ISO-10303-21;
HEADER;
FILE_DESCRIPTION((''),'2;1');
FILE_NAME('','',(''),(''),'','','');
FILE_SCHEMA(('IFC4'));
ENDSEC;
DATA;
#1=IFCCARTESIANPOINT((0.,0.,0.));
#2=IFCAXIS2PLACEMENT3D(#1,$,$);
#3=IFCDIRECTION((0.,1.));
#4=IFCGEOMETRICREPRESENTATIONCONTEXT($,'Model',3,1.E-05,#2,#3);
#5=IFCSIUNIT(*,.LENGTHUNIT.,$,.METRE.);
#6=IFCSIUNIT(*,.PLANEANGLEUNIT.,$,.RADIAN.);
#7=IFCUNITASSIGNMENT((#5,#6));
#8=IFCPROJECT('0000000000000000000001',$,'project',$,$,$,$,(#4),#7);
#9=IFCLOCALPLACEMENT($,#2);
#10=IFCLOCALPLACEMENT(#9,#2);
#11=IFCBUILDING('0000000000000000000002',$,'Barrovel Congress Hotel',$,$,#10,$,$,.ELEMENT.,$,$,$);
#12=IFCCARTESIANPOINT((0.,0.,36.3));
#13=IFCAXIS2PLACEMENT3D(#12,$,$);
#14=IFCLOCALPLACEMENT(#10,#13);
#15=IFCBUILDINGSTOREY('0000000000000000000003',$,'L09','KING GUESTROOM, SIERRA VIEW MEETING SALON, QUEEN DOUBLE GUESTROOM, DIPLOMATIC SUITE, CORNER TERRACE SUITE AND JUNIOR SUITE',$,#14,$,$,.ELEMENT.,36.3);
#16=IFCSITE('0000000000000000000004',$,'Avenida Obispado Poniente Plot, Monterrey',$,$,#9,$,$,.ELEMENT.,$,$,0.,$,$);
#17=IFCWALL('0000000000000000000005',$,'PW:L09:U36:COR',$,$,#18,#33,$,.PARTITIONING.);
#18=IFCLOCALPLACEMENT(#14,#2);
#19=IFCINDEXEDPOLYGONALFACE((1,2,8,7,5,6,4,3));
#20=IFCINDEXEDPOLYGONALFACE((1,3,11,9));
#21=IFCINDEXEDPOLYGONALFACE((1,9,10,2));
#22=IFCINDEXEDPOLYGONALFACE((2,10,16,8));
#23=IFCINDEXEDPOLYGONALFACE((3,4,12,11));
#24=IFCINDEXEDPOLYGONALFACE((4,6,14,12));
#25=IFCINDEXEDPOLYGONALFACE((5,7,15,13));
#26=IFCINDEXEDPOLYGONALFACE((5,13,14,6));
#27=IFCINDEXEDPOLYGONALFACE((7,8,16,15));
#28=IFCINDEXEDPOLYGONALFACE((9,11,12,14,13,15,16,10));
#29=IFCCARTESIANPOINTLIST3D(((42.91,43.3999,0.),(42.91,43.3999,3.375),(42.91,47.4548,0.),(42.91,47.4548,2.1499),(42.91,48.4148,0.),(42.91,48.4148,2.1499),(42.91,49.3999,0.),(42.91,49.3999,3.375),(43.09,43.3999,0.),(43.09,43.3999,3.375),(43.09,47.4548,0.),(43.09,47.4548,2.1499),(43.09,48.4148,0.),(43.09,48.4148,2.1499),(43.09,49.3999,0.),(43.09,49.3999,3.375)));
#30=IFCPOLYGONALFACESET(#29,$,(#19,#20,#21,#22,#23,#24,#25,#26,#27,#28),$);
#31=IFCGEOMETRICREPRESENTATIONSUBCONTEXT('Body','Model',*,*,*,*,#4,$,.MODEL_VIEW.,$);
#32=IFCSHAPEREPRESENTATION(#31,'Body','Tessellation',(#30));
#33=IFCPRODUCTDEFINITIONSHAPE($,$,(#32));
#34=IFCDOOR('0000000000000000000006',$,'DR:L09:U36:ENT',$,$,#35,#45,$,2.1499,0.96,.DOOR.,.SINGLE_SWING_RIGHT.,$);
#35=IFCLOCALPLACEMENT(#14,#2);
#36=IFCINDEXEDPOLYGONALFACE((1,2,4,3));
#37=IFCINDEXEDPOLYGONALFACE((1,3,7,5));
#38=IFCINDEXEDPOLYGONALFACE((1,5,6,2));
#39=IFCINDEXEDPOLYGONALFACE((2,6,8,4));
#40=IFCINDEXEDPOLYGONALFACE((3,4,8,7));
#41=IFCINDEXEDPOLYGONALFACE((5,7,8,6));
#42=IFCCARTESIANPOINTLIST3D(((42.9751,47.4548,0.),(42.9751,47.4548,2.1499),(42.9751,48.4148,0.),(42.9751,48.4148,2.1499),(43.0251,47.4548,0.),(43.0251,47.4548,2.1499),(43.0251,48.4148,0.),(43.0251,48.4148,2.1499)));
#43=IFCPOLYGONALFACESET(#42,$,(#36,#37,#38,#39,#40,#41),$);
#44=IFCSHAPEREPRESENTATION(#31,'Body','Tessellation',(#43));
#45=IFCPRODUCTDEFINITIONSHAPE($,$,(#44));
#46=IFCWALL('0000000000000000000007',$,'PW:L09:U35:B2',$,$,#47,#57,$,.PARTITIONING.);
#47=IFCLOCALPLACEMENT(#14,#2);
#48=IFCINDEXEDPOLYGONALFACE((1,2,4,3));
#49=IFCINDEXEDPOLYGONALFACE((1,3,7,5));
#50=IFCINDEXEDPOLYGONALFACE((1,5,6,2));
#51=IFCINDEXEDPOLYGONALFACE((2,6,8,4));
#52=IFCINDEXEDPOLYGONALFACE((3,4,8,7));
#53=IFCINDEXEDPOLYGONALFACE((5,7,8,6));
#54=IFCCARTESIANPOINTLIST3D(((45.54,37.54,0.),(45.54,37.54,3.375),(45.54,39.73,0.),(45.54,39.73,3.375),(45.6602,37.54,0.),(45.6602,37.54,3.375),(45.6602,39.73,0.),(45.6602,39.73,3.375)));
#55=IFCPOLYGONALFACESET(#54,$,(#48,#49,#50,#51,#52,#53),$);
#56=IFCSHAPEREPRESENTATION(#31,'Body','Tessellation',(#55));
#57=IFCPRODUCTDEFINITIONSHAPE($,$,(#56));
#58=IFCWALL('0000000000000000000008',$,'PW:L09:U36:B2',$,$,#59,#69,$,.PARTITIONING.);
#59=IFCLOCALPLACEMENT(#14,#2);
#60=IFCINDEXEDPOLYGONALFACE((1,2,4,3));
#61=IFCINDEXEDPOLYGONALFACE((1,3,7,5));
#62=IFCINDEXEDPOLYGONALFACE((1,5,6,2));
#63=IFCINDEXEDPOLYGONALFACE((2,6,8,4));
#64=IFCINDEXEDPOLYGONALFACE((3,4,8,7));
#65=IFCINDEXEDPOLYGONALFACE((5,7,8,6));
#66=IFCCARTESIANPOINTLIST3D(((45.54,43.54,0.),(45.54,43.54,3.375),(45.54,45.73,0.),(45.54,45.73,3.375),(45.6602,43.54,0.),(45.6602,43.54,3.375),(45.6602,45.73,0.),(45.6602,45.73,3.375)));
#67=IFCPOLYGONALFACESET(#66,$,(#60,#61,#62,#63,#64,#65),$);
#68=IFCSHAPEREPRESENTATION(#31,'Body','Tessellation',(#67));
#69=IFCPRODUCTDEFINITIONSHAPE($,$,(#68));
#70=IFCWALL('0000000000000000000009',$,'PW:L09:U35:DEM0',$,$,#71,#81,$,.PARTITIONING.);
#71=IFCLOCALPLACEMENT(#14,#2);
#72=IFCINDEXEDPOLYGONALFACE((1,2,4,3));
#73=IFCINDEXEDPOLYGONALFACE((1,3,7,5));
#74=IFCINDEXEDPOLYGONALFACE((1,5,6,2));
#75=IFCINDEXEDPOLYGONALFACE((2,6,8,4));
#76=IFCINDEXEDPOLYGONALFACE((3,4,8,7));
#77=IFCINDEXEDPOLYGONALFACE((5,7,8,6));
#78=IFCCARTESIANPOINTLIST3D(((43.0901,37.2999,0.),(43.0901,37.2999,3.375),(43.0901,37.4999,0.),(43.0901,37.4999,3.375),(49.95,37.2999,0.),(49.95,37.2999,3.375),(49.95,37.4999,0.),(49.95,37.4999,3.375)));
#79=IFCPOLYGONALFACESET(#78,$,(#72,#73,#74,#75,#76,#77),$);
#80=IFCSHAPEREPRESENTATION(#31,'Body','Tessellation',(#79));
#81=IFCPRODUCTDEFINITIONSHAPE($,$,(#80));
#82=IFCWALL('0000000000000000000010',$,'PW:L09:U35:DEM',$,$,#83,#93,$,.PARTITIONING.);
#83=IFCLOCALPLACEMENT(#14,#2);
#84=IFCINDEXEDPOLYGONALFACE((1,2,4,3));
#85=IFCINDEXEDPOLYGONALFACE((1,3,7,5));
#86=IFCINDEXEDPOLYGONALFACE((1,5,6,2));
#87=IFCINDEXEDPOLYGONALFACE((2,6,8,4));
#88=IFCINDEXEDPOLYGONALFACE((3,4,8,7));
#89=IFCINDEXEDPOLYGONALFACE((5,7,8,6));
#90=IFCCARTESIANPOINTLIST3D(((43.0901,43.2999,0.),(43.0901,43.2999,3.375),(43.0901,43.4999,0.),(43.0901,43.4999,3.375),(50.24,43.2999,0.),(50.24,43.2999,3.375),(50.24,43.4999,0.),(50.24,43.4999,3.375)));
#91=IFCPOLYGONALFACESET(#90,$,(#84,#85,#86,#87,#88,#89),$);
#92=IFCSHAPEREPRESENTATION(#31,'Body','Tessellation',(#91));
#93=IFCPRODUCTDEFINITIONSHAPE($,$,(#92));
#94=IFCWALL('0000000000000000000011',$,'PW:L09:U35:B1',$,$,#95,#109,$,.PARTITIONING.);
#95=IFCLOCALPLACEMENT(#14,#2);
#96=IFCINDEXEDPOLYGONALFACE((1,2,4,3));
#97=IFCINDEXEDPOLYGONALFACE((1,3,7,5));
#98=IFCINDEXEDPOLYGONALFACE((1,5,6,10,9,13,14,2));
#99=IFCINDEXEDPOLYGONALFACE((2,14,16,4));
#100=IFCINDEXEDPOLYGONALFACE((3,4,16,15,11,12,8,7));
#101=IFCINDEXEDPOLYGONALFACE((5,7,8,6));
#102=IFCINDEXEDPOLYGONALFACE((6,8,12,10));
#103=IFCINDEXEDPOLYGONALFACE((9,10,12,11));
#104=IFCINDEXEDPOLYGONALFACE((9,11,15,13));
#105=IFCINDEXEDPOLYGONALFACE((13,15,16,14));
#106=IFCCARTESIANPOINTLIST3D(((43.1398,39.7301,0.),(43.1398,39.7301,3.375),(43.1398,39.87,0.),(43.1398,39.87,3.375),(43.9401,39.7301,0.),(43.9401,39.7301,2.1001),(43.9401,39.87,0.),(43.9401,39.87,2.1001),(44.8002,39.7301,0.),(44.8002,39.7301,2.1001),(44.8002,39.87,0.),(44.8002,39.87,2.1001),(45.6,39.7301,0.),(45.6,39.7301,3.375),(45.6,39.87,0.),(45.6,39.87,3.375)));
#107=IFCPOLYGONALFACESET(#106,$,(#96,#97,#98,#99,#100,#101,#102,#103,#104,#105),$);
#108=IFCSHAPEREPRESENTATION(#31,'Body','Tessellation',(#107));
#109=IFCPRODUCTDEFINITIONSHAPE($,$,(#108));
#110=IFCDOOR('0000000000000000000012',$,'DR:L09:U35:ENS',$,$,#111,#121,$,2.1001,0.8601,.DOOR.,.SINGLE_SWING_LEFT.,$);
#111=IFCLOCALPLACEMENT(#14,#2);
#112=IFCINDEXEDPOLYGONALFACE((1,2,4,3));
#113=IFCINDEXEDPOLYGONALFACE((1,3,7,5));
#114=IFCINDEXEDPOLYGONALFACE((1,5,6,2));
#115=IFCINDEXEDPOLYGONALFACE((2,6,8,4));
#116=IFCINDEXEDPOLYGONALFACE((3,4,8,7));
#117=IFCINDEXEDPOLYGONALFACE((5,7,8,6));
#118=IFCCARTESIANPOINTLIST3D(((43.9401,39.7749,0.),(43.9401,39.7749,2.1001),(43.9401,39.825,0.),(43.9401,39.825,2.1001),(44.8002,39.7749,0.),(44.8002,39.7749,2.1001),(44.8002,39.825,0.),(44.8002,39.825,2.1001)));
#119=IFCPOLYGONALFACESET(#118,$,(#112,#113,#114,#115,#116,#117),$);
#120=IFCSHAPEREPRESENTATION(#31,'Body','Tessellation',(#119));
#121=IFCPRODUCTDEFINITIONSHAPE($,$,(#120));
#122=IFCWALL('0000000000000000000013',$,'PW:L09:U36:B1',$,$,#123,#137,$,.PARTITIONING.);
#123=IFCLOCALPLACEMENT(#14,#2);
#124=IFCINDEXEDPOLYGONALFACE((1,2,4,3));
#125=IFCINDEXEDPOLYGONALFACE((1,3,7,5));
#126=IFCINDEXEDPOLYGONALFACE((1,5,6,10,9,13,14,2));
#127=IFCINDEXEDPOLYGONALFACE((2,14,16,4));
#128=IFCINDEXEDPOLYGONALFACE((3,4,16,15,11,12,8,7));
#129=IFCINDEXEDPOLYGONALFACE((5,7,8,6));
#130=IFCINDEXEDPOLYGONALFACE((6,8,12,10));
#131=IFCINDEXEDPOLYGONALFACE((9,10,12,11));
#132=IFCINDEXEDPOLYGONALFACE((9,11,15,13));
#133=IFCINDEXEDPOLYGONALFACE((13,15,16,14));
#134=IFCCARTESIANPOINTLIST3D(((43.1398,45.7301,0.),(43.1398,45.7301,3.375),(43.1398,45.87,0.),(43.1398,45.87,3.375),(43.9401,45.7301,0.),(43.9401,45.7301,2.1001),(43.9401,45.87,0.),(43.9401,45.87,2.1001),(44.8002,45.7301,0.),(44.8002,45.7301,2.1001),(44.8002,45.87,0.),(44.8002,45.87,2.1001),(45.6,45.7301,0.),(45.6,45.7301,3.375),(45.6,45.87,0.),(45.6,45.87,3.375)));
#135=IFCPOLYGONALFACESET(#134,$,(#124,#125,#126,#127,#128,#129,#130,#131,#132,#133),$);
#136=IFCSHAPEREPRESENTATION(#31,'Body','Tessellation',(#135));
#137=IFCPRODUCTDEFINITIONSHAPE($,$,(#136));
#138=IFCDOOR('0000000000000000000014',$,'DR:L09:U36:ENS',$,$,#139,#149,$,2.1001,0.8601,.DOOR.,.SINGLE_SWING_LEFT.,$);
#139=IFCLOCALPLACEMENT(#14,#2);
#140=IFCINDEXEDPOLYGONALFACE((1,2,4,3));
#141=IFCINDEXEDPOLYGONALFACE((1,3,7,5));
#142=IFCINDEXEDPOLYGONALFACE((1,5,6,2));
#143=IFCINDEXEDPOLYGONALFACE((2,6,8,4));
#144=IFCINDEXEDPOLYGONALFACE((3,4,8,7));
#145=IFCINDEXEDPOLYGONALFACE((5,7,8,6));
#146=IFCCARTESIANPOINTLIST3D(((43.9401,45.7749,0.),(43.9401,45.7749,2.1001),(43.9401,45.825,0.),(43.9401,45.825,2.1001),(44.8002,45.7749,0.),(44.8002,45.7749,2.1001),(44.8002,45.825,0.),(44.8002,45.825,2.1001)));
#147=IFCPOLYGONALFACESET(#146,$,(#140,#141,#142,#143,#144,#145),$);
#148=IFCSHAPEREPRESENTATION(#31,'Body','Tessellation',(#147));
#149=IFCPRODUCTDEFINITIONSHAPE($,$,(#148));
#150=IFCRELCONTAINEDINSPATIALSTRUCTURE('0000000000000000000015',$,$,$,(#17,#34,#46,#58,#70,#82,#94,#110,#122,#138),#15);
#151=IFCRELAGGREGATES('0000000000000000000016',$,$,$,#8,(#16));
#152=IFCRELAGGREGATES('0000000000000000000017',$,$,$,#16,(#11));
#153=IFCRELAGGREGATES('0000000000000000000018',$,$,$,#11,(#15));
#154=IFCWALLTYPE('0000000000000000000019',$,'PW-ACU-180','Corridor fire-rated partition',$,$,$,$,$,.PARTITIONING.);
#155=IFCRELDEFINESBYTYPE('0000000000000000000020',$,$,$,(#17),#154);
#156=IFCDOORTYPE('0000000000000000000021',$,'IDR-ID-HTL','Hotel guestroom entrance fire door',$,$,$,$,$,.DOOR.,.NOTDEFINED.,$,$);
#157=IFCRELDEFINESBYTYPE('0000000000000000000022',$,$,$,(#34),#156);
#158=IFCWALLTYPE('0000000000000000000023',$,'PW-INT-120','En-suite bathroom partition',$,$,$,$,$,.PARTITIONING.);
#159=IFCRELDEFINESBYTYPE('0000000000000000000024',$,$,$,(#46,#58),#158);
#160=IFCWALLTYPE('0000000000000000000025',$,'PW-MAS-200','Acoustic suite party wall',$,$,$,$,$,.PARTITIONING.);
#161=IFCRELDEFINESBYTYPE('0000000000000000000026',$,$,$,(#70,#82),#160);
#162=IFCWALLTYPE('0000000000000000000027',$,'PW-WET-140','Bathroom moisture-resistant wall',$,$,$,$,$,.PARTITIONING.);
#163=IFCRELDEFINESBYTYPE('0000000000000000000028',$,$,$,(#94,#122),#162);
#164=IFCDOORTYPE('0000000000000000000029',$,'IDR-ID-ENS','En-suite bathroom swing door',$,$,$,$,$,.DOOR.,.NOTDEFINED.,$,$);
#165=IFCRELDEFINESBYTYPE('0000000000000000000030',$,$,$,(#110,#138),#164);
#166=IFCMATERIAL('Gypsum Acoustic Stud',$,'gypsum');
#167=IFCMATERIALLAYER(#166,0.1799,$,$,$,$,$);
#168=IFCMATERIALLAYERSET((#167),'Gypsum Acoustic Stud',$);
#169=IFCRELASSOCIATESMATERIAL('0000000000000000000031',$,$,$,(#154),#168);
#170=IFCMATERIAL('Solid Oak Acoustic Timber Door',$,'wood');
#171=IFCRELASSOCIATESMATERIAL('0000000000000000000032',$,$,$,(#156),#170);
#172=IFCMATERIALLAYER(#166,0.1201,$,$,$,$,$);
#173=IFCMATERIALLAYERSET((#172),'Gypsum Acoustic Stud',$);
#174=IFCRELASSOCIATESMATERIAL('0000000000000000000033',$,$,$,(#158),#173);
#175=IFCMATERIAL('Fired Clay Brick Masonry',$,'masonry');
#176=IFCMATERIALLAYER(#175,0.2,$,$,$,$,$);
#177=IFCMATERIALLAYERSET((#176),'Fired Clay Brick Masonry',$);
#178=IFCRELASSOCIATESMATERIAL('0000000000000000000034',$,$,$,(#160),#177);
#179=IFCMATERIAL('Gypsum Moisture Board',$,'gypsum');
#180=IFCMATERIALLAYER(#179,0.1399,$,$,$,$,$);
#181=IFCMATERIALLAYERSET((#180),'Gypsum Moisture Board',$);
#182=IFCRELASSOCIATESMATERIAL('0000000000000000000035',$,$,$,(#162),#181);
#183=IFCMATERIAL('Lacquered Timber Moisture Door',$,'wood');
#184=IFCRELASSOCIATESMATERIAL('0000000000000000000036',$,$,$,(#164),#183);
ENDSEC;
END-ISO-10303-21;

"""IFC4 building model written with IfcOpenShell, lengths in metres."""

from ifc_helpers import new_model, si_unit, direction, frame, frame_2d, origin, place, context, subcontext, project, spatial, rectangle, extrude, material, layer, layer_set, type_object, element, fill, save


model = new_model("IFC4")

# Units and contexts
model_context = context("Model", 3, precision=1e-05, world=origin(), true_north=direction((0.0, 1.0)))
body_context = subcontext(model_context, "Body", "Model", "MODEL_VIEW")
ifc_project = project(units=[si_unit("LENGTHUNIT", "METRE"), si_unit("PLANEANGLEUNIT", "RADIAN")], contexts=[model_context])

# Site, building, storey
site_placement = place(None, origin())
site = spatial("IfcSite", under=ifc_project, at=site_placement, Name="Avenida Obispado Poniente Plot, Monterrey", CompositionType="ELEMENT", RefElevation=0.0)
building_placement = place(site_placement, origin())
building = spatial("IfcBuilding", under=site, at=building_placement, Name="Barrovel Congress Hotel", CompositionType="ELEMENT")
storey_placement = place(building_placement, frame((0.0, 0.0, 36.3)))
storey = spatial("IfcBuildingStorey", under=building, at=storey_placement, Name="L09", Description="KING GUESTROOM, SIERRA VIEW MEETING SALON, QUEEN DOUBLE GUESTROOM, DIPLOMATIC SUITE, CORNER TERRACE SUITE AND JUNIOR SUITE", CompositionType="ELEMENT", Elevation=36.3)

# Wall, opening, door
ifc_material_1 = material(Name="Gypsum Acoustic Stud", Category="gypsum")
ifc_layer_1 = layer(ifc_material_1, 0.1799)
ifc_layer_set_1 = layer_set([ifc_layer_1], Name="Gypsum Acoustic Stud")
wall_type_1 = type_object("IfcWallType", Name="PW-ACU-180", Description="Corridor fire-rated partition", PredefinedType="PARTITIONING", material=ifc_layer_set_1)
ifc_material_2 = material(Name="Solid Oak Acoustic Timber Door", Category="wood")
door_type_1 = type_object("IfcDoorType", Name="IDR-ID-HTL", Description="Hotel guestroom entrance fire door", OperationType="NOTDEFINED", PredefinedType="DOOR", material=ifc_material_2)
wall_1_placement = place(storey_placement, frame((43.0, 43.3999, 0.0), z_axis=(0.0, 0.0, 1.0), x_axis=(0.0, 1.0, 0.0)))
wall_1 = element("IfcWall", 1, at=wall_1_placement, inside=storey, type_object=wall_type_1, Name="PW:L09:U36:COR", PredefinedType="PARTITIONING", context=body_context, shape_type="SweptSolid", body=[
    extrude(rectangle(XDim=6.0, YDim=0.1799, at=frame_2d((3.0, 0.0))), origin(), (0.0, 0.0, 1.0), 3.375),
])
opening_1_placement = place(wall_1_placement, frame((4.0549, 0.0, 0.0)))
opening_1 = element("IfcOpeningElement", 2, at=opening_1_placement, cuts=wall_1, PredefinedType="OPENING", context=body_context, shape_type="SweptSolid", body=[
    extrude(rectangle(XDim=0.96, YDim=2.1499, at=frame_2d((0.48, 1.075))), frame((0.0, 0.1001, 0.0), z_axis=(0.0, -1.0, 0.0), x_axis=(1.0, 0.0, 0.0)), (0.0, 0.0, 1.0), 0.2),
])
door_1_placement = place(opening_1_placement, origin())
door_1 = element("IfcDoor", 3, at=door_1_placement, inside=storey, type_object=door_type_1, Name="DR:L09:U36:ENT", OperationType="SINGLE_SWING_RIGHT", OverallHeight=2.1499, OverallWidth=0.96, PredefinedType="DOOR", context=body_context, shape_type="SweptSolid", body=[
    extrude(rectangle(XDim=0.96, YDim=2.1499, at=frame_2d((0.48, 1.075))), frame((0.0, 0.0249, 0.0), z_axis=(0.0, -1.0, 0.0), x_axis=(1.0, 0.0, 0.0)), (0.0, 0.0, 1.0), 0.05),
])
fill(opening_1, door_1)

# Walls
ifc_layer_2 = layer(ifc_material_1, 0.1201)
ifc_layer_set_2 = layer_set([ifc_layer_2], Name="Gypsum Acoustic Stud")
wall_type_2 = type_object("IfcWallType", Name="PW-INT-120", Description="En-suite bathroom partition", PredefinedType="PARTITIONING", material=ifc_layer_set_2)
for number, where, z_axis, x_axis, name in (
    (4, (45.6001, 37.54, 0.0), (0.0, 0.0, 1.0), (0.0, 1.0, 0.0), "PW:L09:U35:B2"),
    (5, (45.6001, 43.54, 0.0), (0.0, 0.0, 1.0), (0.0, 1.0, 0.0), "PW:L09:U36:B2"),
):
    element("IfcWall", number, at=place(storey_placement, frame(where, z_axis=z_axis, x_axis=x_axis)), inside=storey, type_object=wall_type_2, Name=name, PredefinedType="PARTITIONING", context=body_context, shape_type="SweptSolid", body=[
        extrude(rectangle(XDim=2.1899, YDim=0.1201, at=frame_2d((1.095, 0.0))), origin(), (0.0, 0.0, 1.0), 3.375),
    ])
ifc_material_3 = material(Name="Fired Clay Brick Masonry", Category="masonry")
ifc_layer_3 = layer(ifc_material_3, 0.2)
ifc_layer_set_3 = layer_set([ifc_layer_3], Name="Fired Clay Brick Masonry")
wall_type_3 = type_object("IfcWallType", Name="PW-MAS-200", Description="Acoustic suite party wall", PredefinedType="PARTITIONING", material=ifc_layer_set_3)
wall_2_placement = place(storey_placement, frame((43.0901, 37.3999, 0.0), z_axis=(0.0, 0.0, 1.0), x_axis=(1.0, 0.0, 0.0)))
element("IfcWall", 6, at=wall_2_placement, inside=storey, type_object=wall_type_3, Name="PW:L09:U35:DEM0", PredefinedType="PARTITIONING", context=body_context, shape_type="SweptSolid", body=[
    extrude(rectangle(XDim=6.8599, YDim=0.2, at=frame_2d((3.4299, 0.0))), origin(), (0.0, 0.0, 1.0), 3.375),
])
wall_3_placement = place(storey_placement, frame((43.0901, 43.3999, 0.0), z_axis=(0.0, 0.0, 1.0), x_axis=(1.0, 0.0, 0.0)))
element("IfcWall", 7, at=wall_3_placement, inside=storey, type_object=wall_type_3, Name="PW:L09:U35:DEM", PredefinedType="PARTITIONING", context=body_context, shape_type="SweptSolid", body=[
    extrude(rectangle(XDim=7.1499, YDim=0.2, at=frame_2d((3.575, 0.0))), origin(), (0.0, 0.0, 1.0), 3.375),
])

# Walls, openings, doors
ifc_material_4 = material(Name="Gypsum Moisture Board", Category="gypsum")
ifc_layer_4 = layer(ifc_material_4, 0.1399)
ifc_layer_set_4 = layer_set([ifc_layer_4], Name="Gypsum Moisture Board")
wall_type_4 = type_object("IfcWallType", Name="PW-WET-140", Description="Bathroom moisture-resistant wall", PredefinedType="PARTITIONING", material=ifc_layer_set_4)
wall_4_placement = place(storey_placement, frame((43.1399, 39.8, 0.0), z_axis=(0.0, 0.0, 1.0), x_axis=(1.0, 0.0, 0.0)))
wall_4 = element("IfcWall", 8, at=wall_4_placement, inside=storey, type_object=wall_type_4, Name="PW:L09:U35:B1", PredefinedType="PARTITIONING", context=body_context, shape_type="SweptSolid", body=[
    extrude(rectangle(XDim=2.4602, YDim=0.1399, at=frame_2d((1.23, 0.0))), origin(), (0.0, 0.0, 1.0), 3.375),
])
opening_2_placement = place(wall_4_placement, frame((0.8, 0.0, 0.0)))
opening_2 = element("IfcOpeningElement", 9, at=opening_2_placement, cuts=wall_4, PredefinedType="OPENING", context=body_context, shape_type="SweptSolid", body=[
    extrude(rectangle(XDim=0.8601, YDim=2.1001, at=frame_2d((0.4302, 1.05))), frame((0.0, 0.0801, 0.0), z_axis=(0.0, -1.0, 0.0), x_axis=(1.0, 0.0, 0.0)), (0.0, 0.0, 1.0), 0.1599),
])
ifc_material_5 = material(Name="Lacquered Timber Moisture Door", Category="wood")
door_type_2 = type_object("IfcDoorType", Name="IDR-ID-ENS", Description="En-suite bathroom swing door", OperationType="NOTDEFINED", PredefinedType="DOOR", material=ifc_material_5)
door_2_placement = place(opening_2_placement, origin())
door_2 = element("IfcDoor", 10, at=door_2_placement, inside=storey, type_object=door_type_2, Name="DR:L09:U35:ENS", OperationType="SINGLE_SWING_LEFT", OverallHeight=2.1001, OverallWidth=0.8601, PredefinedType="DOOR", context=body_context, shape_type="SweptSolid", body=[
    extrude(rectangle(XDim=0.8601, YDim=2.1001, at=frame_2d((0.4302, 1.05))), frame((0.0, 0.0249, 0.0), z_axis=(0.0, -1.0, 0.0), x_axis=(1.0, 0.0, 0.0)), (0.0, 0.0, 1.0), 0.05),
])
fill(opening_2, door_2)
wall_5_placement = place(storey_placement, frame((43.1399, 45.8, 0.0), z_axis=(0.0, 0.0, 1.0), x_axis=(1.0, 0.0, 0.0)))
wall_5 = element("IfcWall", 11, at=wall_5_placement, inside=storey, type_object=wall_type_4, Name="PW:L09:U36:B1", PredefinedType="PARTITIONING", context=body_context, shape_type="SweptSolid", body=[
    extrude(rectangle(XDim=2.4602, YDim=0.1399, at=frame_2d((1.23, 0.0))), origin(), (0.0, 0.0, 1.0), 3.375),
])
opening_3_placement = place(wall_5_placement, frame((0.8, 0.0, 0.0)))
opening_3 = element("IfcOpeningElement", 12, at=opening_3_placement, cuts=wall_5, PredefinedType="OPENING", context=body_context, shape_type="SweptSolid", body=[
    extrude(rectangle(XDim=0.8601, YDim=2.1001, at=frame_2d((0.4302, 1.05))), frame((0.0, 0.0801, 0.0), z_axis=(0.0, -1.0, 0.0), x_axis=(1.0, 0.0, 0.0)), (0.0, 0.0, 1.0), 0.1599),
])
door_3_placement = place(opening_3_placement, origin())
door_3 = element("IfcDoor", 13, at=door_3_placement, inside=storey, type_object=door_type_2, Name="DR:L09:U36:ENS", OperationType="SINGLE_SWING_LEFT", OverallHeight=2.1001, OverallWidth=0.8601, PredefinedType="DOOR", context=body_context, shape_type="SweptSolid", body=[
    extrude(rectangle(XDim=0.8601, YDim=2.1001, at=frame_2d((0.4302, 1.05))), frame((0.0, 0.0249, 0.0), z_axis=(0.0, -1.0, 0.0), x_axis=(1.0, 0.0, 0.0)), (0.0, 0.0, 1.0), 0.05),
])
fill(opening_3, door_3)

save(model, "model.ifc")
